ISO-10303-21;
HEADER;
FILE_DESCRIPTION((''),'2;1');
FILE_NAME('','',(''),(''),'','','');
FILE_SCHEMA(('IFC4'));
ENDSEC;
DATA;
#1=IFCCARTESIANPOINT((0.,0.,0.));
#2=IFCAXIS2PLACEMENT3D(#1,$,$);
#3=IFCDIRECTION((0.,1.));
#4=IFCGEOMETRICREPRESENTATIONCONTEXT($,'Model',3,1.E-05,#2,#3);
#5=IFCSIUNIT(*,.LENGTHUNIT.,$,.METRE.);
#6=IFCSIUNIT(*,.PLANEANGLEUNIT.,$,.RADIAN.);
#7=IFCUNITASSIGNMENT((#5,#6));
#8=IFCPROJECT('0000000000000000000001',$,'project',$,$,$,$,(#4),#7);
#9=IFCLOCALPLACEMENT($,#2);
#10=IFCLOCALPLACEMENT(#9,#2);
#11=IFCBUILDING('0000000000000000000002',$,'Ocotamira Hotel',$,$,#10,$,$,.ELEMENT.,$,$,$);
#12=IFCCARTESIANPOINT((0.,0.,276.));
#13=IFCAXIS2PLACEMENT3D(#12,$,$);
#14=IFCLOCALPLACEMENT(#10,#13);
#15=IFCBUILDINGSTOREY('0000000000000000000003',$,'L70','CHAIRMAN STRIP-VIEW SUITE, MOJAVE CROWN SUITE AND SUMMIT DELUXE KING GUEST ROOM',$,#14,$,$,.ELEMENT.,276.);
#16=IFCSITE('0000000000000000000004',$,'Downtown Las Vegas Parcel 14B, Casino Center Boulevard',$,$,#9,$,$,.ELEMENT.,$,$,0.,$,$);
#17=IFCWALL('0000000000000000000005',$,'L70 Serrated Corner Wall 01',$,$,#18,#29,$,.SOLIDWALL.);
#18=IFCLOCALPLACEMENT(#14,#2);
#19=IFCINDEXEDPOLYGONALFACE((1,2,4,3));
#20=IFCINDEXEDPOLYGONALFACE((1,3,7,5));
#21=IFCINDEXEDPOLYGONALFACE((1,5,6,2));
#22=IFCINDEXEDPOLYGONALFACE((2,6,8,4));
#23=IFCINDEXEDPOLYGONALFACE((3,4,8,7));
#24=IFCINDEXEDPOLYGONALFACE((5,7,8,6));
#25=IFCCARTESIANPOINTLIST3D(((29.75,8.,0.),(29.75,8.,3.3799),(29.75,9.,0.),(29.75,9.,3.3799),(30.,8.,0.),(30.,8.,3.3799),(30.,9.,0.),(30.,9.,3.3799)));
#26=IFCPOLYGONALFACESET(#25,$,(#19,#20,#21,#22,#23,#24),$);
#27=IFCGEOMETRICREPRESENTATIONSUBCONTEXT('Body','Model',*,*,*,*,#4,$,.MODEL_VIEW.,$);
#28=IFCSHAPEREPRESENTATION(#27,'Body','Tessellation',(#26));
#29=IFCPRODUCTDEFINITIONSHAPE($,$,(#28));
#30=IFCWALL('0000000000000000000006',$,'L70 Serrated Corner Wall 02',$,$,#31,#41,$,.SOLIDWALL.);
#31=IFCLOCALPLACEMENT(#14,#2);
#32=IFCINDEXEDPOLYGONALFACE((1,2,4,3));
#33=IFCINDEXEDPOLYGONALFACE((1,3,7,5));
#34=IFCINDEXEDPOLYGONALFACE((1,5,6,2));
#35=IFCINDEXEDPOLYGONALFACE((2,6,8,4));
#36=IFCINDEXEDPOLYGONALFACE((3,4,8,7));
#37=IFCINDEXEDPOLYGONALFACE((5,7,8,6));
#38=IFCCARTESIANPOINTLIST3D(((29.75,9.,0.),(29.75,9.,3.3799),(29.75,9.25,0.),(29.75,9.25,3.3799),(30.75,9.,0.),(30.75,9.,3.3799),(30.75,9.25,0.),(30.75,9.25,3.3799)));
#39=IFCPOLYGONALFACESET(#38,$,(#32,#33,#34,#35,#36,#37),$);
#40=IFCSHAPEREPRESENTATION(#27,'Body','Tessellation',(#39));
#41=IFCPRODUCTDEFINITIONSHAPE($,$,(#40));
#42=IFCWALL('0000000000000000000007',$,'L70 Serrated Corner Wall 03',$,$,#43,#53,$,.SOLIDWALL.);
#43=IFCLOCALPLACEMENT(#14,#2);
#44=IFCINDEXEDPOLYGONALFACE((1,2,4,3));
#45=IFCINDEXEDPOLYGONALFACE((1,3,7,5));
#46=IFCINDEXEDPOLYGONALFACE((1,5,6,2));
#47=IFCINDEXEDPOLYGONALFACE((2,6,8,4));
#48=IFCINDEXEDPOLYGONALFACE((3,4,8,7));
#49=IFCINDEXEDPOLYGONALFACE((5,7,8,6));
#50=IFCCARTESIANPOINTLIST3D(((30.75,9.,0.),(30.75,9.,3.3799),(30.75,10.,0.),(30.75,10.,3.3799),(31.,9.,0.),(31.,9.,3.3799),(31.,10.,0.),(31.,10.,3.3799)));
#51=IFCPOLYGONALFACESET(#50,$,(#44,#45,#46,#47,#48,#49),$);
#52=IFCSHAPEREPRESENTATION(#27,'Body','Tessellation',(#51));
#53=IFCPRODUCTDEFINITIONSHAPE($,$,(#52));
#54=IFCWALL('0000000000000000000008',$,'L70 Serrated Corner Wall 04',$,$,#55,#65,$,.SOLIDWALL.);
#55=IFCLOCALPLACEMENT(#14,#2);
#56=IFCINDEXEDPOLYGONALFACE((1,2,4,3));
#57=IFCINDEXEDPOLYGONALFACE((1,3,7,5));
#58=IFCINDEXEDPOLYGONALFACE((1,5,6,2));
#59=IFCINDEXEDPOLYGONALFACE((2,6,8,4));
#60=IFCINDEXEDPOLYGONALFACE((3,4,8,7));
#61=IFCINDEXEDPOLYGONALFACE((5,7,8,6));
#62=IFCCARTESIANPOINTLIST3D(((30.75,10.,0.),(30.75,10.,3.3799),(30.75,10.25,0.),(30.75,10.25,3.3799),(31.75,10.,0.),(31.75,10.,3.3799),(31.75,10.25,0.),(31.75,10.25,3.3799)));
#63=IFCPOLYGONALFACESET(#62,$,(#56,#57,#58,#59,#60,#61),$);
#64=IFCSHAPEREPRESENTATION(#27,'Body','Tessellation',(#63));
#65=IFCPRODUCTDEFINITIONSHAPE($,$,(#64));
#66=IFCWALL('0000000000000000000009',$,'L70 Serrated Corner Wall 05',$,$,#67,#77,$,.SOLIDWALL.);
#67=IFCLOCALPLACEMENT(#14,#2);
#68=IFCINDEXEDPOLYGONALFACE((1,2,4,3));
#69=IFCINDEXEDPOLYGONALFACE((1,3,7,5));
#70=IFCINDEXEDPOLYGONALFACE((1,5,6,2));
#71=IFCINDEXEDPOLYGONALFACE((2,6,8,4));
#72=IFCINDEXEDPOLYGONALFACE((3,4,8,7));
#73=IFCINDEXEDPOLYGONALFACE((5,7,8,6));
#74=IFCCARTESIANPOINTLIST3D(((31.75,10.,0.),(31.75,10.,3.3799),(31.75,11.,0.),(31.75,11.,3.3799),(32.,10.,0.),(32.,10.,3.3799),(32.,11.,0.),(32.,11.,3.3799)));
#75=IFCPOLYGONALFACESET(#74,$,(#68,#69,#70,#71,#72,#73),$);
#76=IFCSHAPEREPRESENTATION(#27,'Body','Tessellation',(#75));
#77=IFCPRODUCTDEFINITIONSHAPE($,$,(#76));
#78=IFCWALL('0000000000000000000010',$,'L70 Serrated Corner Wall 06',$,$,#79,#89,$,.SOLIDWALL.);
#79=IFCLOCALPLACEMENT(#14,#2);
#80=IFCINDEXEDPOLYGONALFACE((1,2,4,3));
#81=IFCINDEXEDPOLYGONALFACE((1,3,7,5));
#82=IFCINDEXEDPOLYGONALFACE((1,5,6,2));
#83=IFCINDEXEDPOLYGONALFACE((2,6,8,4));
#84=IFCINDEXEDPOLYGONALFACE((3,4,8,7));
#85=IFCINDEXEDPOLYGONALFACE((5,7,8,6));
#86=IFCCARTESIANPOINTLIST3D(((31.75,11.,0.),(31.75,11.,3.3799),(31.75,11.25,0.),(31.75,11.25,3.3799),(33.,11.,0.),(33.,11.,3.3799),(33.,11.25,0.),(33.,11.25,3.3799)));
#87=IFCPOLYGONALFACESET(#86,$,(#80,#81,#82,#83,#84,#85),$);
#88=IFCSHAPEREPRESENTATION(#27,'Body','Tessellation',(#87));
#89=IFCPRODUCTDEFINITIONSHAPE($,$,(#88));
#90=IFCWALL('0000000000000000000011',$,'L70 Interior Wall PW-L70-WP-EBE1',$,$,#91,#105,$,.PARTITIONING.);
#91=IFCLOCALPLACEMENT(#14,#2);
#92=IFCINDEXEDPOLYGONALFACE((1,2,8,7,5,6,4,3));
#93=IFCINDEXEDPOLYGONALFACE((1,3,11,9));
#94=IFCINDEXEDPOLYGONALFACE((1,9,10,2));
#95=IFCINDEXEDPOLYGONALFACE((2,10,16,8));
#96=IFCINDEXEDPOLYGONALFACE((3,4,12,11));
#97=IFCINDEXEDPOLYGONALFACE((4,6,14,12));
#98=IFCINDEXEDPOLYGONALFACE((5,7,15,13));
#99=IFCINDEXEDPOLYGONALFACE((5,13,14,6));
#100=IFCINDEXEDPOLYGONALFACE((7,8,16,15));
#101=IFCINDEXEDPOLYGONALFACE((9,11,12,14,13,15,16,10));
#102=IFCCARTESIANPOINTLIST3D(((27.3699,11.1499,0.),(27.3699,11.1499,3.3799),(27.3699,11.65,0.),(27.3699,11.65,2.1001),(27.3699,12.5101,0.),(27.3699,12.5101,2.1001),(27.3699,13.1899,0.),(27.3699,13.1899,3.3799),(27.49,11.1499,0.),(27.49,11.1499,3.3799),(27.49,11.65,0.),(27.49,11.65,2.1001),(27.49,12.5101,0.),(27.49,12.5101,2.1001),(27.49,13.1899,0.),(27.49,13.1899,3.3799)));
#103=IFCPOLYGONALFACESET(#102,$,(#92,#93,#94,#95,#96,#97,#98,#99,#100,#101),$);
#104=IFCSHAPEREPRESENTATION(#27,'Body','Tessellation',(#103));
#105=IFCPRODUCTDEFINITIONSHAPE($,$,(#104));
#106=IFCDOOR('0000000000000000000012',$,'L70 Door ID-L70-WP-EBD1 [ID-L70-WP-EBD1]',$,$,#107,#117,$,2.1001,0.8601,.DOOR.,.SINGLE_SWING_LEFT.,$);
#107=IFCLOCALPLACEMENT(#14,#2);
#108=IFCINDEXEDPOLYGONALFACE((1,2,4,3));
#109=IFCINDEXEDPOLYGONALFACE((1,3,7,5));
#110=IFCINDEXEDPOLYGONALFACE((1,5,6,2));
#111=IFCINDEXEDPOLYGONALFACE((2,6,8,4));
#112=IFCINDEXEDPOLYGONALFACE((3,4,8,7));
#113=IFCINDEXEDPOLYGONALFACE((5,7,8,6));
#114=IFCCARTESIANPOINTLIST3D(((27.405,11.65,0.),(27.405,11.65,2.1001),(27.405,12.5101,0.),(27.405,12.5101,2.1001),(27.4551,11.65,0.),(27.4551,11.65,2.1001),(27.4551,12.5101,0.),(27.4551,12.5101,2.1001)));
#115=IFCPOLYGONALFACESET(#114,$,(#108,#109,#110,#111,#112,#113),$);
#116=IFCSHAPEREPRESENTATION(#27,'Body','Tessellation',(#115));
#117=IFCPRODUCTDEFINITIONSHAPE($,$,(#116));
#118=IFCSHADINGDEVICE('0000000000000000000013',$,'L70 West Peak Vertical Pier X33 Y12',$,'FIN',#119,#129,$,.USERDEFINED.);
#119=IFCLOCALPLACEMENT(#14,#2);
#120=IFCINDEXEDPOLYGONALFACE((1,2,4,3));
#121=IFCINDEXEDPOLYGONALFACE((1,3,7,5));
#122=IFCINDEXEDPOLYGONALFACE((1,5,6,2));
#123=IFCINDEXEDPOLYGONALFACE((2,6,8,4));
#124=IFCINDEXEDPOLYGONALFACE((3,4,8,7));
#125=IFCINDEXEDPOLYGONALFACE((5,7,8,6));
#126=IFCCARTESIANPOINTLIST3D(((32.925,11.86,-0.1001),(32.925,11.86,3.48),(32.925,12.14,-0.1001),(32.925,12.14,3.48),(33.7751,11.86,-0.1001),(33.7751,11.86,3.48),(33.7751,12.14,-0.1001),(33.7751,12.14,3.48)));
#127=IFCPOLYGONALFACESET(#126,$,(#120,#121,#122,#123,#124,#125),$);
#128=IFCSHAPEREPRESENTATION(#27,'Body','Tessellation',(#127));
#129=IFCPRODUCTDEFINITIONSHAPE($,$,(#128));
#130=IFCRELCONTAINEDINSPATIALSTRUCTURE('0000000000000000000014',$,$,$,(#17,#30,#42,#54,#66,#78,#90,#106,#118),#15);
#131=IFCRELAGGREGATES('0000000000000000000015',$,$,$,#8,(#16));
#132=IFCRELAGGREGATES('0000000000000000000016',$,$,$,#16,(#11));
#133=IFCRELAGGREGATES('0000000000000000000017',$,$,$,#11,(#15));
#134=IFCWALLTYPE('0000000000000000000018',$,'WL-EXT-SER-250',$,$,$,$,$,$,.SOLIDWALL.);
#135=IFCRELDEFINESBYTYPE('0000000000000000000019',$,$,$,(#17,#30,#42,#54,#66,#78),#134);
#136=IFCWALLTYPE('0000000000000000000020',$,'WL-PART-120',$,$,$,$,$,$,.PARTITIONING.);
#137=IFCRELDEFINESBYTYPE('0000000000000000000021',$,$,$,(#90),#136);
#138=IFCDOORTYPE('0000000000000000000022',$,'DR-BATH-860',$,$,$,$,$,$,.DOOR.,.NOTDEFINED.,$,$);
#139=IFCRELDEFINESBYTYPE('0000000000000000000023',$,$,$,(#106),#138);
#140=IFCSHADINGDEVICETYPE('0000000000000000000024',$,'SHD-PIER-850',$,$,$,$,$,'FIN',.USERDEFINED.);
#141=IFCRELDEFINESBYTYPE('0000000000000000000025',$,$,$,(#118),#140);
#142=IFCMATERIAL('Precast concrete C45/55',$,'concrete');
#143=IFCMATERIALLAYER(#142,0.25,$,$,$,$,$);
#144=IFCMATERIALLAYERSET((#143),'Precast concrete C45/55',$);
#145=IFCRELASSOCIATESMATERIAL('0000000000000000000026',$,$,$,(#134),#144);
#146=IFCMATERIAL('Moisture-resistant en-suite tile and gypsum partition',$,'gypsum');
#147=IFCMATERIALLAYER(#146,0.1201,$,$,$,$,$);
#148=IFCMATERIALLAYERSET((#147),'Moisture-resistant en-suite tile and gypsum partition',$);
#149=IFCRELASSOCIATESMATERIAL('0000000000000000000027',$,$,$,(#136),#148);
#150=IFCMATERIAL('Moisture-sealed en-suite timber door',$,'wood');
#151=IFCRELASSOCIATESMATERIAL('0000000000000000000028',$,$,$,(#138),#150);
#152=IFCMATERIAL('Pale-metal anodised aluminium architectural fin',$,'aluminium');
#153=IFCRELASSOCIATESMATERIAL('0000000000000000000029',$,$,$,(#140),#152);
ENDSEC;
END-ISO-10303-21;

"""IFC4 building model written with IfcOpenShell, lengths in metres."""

from ifc_helpers import new_model, si_unit, direction, frame, frame_2d, origin, origin_2d, place, context, subcontext, project, spatial, rectangle, extrude, source, transform, mapped, material, layer, layer_set, type_object, element, fill, save


model = new_model("IFC4")

# Units and contexts
model_context = context("Model", 3, precision=1e-05, world=origin(), true_north=direction((0.0, 1.0)))
body_context = subcontext(model_context, "Body", "Model", "MODEL_VIEW")
ifc_project = project(units=[si_unit("LENGTHUNIT", "METRE"), si_unit("PLANEANGLEUNIT", "RADIAN")], contexts=[model_context])

# Site, building, storey
site_placement = place(None, origin())
site = spatial("IfcSite", under=ifc_project, at=site_placement, Name="Downtown Las Vegas Parcel 14B, Casino Center Boulevard", CompositionType="ELEMENT", RefElevation=0.0)
building_placement = place(site_placement, origin())
building = spatial("IfcBuilding", under=site, at=building_placement, Name="Ocotamira Hotel", CompositionType="ELEMENT")
storey_placement = place(building_placement, frame((0.0, 0.0, 276.0)))
storey = spatial("IfcBuildingStorey", under=building, at=storey_placement, Name="L70", Description="CHAIRMAN STRIP-VIEW SUITE, MOJAVE CROWN SUITE AND SUMMIT DELUXE KING GUEST ROOM", CompositionType="ELEMENT", Elevation=276.0)

# Walls
ifc_material_1 = material(Name="Precast concrete C45/55", Category="concrete")
ifc_layer_1 = layer(ifc_material_1, 0.25)
ifc_layer_set_1 = layer_set([ifc_layer_1], Name="Precast concrete C45/55")
wall_type_1 = type_object("IfcWallType", Name="WL-EXT-SER-250", PredefinedType="SOLIDWALL", material=ifc_layer_set_1)
for number, where, z_axis, x_axis, name in (
    (1, (29.875, 8.0, 0.0), (0.0, 0.0, 1.0), (0.0, 1.0, 0.0), "L70 Serrated Corner Wall 01"),
    (2, (29.75, 9.125, 0.0), (0.0, 0.0, 1.0), (1.0, 0.0, 0.0), "L70 Serrated Corner Wall 02"),
    (3, (30.875, 9.0, 0.0), (0.0, 0.0, 1.0), (0.0, 1.0, 0.0), "L70 Serrated Corner Wall 03"),
    (4, (30.75, 10.125, 0.0), (0.0, 0.0, 1.0), (1.0, 0.0, 0.0), "L70 Serrated Corner Wall 04"),
    (5, (31.875, 10.0, 0.0), (0.0, 0.0, 1.0), (0.0, 1.0, 0.0), "L70 Serrated Corner Wall 05"),
):
    element("IfcWall", number, at=place(storey_placement, frame(where, z_axis=z_axis, x_axis=x_axis)), inside=storey, type_object=wall_type_1, Name=name, PredefinedType="SOLIDWALL", context=body_context, shape_type="SweptSolid", body=[
        extrude(rectangle(XDim=1.0, YDim=0.25, at=frame_2d((0.5, 0.0))), origin(), (0.0, 0.0, 1.0), 3.3799),
    ])
wall_1_placement = place(storey_placement, frame((31.75, 11.125, 0.0), z_axis=(0.0, 0.0, 1.0), x_axis=(1.0, 0.0, 0.0)))
element("IfcWall", 6, at=wall_1_placement, inside=storey, type_object=wall_type_1, Name="L70 Serrated Corner Wall 06", PredefinedType="SOLIDWALL", context=body_context, shape_type="SweptSolid", body=[
    extrude(rectangle(XDim=1.25, YDim=0.25, at=frame_2d((0.625, 0.0))), origin(), (0.0, 0.0, 1.0), 3.3799),
])

# Wall, opening, door
ifc_material_2 = material(Name="Moisture-resistant en-suite tile and gypsum partition", Category="gypsum")
ifc_layer_2 = layer(ifc_material_2, 0.1201)
ifc_layer_set_2 = layer_set([ifc_layer_2], Name="Moisture-resistant en-suite tile and gypsum partition")
wall_type_2 = type_object("IfcWallType", Name="WL-PART-120", PredefinedType="PARTITIONING", material=ifc_layer_set_2)
wall_2_placement = place(storey_placement, frame((27.4299, 11.1499, 0.0), z_axis=(0.0, 0.0, 1.0), x_axis=(0.0, 1.0, 0.0)))
wall_2 = element("IfcWall", 7, at=wall_2_placement, inside=storey, type_object=wall_type_2, Name="L70 Interior Wall PW-L70-WP-EBE1", PredefinedType="PARTITIONING", context=body_context, shape_type="SweptSolid", body=[
    extrude(rectangle(XDim=2.04, YDim=0.1201, at=frame_2d((1.02, 0.0))), origin(), (0.0, 0.0, 1.0), 3.3799),
])
opening_placement = place(wall_2_placement, frame((0.5, 0.0, 0.0)))
opening = element("IfcOpeningElement", 8, at=opening_placement, cuts=wall_2, PredefinedType="OPENING", context=body_context, shape_type="SweptSolid", body=[
    extrude(rectangle(XDim=0.8601, YDim=2.1001, at=frame_2d((0.4302, 1.05))), frame((0.0, 0.0701, 0.0), z_axis=(0.0, -1.0, 0.0), x_axis=(1.0, 0.0, 0.0)), (0.0, 0.0, 1.0), 0.1401),
])
ifc_material_3 = material(Name="Moisture-sealed en-suite timber door", Category="wood")
door_type = type_object("IfcDoorType", Name="DR-BATH-860", OperationType="NOTDEFINED", PredefinedType="DOOR", material=ifc_material_3)
shared_shape_1 = source(origin(), body_context, "Body", "SweptSolid", [
    extrude(rectangle(XDim=0.8601, YDim=2.1001, at=frame_2d((0.4302, 1.05))), frame((0.0, 0.0249, 0.0), z_axis=(0.0, -1.0, 0.0), x_axis=(1.0, 0.0, 0.0)), (0.0, 0.0, 1.0), 0.05),
])
door_placement = place(opening_placement, origin())
door = element("IfcDoor", 9, at=door_placement, inside=storey, type_object=door_type, Name="L70 Door ID-L70-WP-EBD1 [ID-L70-WP-EBD1]", OperationType="SINGLE_SWING_LEFT", OverallHeight=2.1001, OverallWidth=0.8601, PredefinedType="DOOR", context=body_context, shape_type="MappedRepresentation", body=[
    mapped(shared_shape_1, transform((0.0, 0.0, 0.0), scale=1.0)),
])
fill(opening, door)

# Shading device
ifc_material_4 = material(Name="Pale-metal anodised aluminium architectural fin", Category="aluminium")
shading_device_type = type_object("IfcShadingDeviceType", Name="SHD-PIER-850", ElementType="FIN", PredefinedType="USERDEFINED", material=ifc_material_4)
shared_shape_2 = source(origin(), body_context, "Body", "SweptSolid", [
    extrude(rectangle(XDim=0.8501, YDim=0.28, at=origin_2d()), origin(), (0.0, 0.0, 1.0), 3.5801),
])
shading_device_placement = place(storey_placement, frame((33.3501, 12.0, -0.1001), z_axis=(0.0, 0.0, 1.0), x_axis=(1.0, 0.0, 0.0)))
element("IfcShadingDevice", 10, at=shading_device_placement, inside=storey, type_object=shading_device_type, Name="L70 West Peak Vertical Pier X33 Y12", ObjectType="FIN", PredefinedType="USERDEFINED", context=body_context, shape_type="MappedRepresentation", body=[
    mapped(shared_shape_2, transform((0.0, 0.0, 0.0), scale=1.0)),
])

save(model, "model.ifc")
